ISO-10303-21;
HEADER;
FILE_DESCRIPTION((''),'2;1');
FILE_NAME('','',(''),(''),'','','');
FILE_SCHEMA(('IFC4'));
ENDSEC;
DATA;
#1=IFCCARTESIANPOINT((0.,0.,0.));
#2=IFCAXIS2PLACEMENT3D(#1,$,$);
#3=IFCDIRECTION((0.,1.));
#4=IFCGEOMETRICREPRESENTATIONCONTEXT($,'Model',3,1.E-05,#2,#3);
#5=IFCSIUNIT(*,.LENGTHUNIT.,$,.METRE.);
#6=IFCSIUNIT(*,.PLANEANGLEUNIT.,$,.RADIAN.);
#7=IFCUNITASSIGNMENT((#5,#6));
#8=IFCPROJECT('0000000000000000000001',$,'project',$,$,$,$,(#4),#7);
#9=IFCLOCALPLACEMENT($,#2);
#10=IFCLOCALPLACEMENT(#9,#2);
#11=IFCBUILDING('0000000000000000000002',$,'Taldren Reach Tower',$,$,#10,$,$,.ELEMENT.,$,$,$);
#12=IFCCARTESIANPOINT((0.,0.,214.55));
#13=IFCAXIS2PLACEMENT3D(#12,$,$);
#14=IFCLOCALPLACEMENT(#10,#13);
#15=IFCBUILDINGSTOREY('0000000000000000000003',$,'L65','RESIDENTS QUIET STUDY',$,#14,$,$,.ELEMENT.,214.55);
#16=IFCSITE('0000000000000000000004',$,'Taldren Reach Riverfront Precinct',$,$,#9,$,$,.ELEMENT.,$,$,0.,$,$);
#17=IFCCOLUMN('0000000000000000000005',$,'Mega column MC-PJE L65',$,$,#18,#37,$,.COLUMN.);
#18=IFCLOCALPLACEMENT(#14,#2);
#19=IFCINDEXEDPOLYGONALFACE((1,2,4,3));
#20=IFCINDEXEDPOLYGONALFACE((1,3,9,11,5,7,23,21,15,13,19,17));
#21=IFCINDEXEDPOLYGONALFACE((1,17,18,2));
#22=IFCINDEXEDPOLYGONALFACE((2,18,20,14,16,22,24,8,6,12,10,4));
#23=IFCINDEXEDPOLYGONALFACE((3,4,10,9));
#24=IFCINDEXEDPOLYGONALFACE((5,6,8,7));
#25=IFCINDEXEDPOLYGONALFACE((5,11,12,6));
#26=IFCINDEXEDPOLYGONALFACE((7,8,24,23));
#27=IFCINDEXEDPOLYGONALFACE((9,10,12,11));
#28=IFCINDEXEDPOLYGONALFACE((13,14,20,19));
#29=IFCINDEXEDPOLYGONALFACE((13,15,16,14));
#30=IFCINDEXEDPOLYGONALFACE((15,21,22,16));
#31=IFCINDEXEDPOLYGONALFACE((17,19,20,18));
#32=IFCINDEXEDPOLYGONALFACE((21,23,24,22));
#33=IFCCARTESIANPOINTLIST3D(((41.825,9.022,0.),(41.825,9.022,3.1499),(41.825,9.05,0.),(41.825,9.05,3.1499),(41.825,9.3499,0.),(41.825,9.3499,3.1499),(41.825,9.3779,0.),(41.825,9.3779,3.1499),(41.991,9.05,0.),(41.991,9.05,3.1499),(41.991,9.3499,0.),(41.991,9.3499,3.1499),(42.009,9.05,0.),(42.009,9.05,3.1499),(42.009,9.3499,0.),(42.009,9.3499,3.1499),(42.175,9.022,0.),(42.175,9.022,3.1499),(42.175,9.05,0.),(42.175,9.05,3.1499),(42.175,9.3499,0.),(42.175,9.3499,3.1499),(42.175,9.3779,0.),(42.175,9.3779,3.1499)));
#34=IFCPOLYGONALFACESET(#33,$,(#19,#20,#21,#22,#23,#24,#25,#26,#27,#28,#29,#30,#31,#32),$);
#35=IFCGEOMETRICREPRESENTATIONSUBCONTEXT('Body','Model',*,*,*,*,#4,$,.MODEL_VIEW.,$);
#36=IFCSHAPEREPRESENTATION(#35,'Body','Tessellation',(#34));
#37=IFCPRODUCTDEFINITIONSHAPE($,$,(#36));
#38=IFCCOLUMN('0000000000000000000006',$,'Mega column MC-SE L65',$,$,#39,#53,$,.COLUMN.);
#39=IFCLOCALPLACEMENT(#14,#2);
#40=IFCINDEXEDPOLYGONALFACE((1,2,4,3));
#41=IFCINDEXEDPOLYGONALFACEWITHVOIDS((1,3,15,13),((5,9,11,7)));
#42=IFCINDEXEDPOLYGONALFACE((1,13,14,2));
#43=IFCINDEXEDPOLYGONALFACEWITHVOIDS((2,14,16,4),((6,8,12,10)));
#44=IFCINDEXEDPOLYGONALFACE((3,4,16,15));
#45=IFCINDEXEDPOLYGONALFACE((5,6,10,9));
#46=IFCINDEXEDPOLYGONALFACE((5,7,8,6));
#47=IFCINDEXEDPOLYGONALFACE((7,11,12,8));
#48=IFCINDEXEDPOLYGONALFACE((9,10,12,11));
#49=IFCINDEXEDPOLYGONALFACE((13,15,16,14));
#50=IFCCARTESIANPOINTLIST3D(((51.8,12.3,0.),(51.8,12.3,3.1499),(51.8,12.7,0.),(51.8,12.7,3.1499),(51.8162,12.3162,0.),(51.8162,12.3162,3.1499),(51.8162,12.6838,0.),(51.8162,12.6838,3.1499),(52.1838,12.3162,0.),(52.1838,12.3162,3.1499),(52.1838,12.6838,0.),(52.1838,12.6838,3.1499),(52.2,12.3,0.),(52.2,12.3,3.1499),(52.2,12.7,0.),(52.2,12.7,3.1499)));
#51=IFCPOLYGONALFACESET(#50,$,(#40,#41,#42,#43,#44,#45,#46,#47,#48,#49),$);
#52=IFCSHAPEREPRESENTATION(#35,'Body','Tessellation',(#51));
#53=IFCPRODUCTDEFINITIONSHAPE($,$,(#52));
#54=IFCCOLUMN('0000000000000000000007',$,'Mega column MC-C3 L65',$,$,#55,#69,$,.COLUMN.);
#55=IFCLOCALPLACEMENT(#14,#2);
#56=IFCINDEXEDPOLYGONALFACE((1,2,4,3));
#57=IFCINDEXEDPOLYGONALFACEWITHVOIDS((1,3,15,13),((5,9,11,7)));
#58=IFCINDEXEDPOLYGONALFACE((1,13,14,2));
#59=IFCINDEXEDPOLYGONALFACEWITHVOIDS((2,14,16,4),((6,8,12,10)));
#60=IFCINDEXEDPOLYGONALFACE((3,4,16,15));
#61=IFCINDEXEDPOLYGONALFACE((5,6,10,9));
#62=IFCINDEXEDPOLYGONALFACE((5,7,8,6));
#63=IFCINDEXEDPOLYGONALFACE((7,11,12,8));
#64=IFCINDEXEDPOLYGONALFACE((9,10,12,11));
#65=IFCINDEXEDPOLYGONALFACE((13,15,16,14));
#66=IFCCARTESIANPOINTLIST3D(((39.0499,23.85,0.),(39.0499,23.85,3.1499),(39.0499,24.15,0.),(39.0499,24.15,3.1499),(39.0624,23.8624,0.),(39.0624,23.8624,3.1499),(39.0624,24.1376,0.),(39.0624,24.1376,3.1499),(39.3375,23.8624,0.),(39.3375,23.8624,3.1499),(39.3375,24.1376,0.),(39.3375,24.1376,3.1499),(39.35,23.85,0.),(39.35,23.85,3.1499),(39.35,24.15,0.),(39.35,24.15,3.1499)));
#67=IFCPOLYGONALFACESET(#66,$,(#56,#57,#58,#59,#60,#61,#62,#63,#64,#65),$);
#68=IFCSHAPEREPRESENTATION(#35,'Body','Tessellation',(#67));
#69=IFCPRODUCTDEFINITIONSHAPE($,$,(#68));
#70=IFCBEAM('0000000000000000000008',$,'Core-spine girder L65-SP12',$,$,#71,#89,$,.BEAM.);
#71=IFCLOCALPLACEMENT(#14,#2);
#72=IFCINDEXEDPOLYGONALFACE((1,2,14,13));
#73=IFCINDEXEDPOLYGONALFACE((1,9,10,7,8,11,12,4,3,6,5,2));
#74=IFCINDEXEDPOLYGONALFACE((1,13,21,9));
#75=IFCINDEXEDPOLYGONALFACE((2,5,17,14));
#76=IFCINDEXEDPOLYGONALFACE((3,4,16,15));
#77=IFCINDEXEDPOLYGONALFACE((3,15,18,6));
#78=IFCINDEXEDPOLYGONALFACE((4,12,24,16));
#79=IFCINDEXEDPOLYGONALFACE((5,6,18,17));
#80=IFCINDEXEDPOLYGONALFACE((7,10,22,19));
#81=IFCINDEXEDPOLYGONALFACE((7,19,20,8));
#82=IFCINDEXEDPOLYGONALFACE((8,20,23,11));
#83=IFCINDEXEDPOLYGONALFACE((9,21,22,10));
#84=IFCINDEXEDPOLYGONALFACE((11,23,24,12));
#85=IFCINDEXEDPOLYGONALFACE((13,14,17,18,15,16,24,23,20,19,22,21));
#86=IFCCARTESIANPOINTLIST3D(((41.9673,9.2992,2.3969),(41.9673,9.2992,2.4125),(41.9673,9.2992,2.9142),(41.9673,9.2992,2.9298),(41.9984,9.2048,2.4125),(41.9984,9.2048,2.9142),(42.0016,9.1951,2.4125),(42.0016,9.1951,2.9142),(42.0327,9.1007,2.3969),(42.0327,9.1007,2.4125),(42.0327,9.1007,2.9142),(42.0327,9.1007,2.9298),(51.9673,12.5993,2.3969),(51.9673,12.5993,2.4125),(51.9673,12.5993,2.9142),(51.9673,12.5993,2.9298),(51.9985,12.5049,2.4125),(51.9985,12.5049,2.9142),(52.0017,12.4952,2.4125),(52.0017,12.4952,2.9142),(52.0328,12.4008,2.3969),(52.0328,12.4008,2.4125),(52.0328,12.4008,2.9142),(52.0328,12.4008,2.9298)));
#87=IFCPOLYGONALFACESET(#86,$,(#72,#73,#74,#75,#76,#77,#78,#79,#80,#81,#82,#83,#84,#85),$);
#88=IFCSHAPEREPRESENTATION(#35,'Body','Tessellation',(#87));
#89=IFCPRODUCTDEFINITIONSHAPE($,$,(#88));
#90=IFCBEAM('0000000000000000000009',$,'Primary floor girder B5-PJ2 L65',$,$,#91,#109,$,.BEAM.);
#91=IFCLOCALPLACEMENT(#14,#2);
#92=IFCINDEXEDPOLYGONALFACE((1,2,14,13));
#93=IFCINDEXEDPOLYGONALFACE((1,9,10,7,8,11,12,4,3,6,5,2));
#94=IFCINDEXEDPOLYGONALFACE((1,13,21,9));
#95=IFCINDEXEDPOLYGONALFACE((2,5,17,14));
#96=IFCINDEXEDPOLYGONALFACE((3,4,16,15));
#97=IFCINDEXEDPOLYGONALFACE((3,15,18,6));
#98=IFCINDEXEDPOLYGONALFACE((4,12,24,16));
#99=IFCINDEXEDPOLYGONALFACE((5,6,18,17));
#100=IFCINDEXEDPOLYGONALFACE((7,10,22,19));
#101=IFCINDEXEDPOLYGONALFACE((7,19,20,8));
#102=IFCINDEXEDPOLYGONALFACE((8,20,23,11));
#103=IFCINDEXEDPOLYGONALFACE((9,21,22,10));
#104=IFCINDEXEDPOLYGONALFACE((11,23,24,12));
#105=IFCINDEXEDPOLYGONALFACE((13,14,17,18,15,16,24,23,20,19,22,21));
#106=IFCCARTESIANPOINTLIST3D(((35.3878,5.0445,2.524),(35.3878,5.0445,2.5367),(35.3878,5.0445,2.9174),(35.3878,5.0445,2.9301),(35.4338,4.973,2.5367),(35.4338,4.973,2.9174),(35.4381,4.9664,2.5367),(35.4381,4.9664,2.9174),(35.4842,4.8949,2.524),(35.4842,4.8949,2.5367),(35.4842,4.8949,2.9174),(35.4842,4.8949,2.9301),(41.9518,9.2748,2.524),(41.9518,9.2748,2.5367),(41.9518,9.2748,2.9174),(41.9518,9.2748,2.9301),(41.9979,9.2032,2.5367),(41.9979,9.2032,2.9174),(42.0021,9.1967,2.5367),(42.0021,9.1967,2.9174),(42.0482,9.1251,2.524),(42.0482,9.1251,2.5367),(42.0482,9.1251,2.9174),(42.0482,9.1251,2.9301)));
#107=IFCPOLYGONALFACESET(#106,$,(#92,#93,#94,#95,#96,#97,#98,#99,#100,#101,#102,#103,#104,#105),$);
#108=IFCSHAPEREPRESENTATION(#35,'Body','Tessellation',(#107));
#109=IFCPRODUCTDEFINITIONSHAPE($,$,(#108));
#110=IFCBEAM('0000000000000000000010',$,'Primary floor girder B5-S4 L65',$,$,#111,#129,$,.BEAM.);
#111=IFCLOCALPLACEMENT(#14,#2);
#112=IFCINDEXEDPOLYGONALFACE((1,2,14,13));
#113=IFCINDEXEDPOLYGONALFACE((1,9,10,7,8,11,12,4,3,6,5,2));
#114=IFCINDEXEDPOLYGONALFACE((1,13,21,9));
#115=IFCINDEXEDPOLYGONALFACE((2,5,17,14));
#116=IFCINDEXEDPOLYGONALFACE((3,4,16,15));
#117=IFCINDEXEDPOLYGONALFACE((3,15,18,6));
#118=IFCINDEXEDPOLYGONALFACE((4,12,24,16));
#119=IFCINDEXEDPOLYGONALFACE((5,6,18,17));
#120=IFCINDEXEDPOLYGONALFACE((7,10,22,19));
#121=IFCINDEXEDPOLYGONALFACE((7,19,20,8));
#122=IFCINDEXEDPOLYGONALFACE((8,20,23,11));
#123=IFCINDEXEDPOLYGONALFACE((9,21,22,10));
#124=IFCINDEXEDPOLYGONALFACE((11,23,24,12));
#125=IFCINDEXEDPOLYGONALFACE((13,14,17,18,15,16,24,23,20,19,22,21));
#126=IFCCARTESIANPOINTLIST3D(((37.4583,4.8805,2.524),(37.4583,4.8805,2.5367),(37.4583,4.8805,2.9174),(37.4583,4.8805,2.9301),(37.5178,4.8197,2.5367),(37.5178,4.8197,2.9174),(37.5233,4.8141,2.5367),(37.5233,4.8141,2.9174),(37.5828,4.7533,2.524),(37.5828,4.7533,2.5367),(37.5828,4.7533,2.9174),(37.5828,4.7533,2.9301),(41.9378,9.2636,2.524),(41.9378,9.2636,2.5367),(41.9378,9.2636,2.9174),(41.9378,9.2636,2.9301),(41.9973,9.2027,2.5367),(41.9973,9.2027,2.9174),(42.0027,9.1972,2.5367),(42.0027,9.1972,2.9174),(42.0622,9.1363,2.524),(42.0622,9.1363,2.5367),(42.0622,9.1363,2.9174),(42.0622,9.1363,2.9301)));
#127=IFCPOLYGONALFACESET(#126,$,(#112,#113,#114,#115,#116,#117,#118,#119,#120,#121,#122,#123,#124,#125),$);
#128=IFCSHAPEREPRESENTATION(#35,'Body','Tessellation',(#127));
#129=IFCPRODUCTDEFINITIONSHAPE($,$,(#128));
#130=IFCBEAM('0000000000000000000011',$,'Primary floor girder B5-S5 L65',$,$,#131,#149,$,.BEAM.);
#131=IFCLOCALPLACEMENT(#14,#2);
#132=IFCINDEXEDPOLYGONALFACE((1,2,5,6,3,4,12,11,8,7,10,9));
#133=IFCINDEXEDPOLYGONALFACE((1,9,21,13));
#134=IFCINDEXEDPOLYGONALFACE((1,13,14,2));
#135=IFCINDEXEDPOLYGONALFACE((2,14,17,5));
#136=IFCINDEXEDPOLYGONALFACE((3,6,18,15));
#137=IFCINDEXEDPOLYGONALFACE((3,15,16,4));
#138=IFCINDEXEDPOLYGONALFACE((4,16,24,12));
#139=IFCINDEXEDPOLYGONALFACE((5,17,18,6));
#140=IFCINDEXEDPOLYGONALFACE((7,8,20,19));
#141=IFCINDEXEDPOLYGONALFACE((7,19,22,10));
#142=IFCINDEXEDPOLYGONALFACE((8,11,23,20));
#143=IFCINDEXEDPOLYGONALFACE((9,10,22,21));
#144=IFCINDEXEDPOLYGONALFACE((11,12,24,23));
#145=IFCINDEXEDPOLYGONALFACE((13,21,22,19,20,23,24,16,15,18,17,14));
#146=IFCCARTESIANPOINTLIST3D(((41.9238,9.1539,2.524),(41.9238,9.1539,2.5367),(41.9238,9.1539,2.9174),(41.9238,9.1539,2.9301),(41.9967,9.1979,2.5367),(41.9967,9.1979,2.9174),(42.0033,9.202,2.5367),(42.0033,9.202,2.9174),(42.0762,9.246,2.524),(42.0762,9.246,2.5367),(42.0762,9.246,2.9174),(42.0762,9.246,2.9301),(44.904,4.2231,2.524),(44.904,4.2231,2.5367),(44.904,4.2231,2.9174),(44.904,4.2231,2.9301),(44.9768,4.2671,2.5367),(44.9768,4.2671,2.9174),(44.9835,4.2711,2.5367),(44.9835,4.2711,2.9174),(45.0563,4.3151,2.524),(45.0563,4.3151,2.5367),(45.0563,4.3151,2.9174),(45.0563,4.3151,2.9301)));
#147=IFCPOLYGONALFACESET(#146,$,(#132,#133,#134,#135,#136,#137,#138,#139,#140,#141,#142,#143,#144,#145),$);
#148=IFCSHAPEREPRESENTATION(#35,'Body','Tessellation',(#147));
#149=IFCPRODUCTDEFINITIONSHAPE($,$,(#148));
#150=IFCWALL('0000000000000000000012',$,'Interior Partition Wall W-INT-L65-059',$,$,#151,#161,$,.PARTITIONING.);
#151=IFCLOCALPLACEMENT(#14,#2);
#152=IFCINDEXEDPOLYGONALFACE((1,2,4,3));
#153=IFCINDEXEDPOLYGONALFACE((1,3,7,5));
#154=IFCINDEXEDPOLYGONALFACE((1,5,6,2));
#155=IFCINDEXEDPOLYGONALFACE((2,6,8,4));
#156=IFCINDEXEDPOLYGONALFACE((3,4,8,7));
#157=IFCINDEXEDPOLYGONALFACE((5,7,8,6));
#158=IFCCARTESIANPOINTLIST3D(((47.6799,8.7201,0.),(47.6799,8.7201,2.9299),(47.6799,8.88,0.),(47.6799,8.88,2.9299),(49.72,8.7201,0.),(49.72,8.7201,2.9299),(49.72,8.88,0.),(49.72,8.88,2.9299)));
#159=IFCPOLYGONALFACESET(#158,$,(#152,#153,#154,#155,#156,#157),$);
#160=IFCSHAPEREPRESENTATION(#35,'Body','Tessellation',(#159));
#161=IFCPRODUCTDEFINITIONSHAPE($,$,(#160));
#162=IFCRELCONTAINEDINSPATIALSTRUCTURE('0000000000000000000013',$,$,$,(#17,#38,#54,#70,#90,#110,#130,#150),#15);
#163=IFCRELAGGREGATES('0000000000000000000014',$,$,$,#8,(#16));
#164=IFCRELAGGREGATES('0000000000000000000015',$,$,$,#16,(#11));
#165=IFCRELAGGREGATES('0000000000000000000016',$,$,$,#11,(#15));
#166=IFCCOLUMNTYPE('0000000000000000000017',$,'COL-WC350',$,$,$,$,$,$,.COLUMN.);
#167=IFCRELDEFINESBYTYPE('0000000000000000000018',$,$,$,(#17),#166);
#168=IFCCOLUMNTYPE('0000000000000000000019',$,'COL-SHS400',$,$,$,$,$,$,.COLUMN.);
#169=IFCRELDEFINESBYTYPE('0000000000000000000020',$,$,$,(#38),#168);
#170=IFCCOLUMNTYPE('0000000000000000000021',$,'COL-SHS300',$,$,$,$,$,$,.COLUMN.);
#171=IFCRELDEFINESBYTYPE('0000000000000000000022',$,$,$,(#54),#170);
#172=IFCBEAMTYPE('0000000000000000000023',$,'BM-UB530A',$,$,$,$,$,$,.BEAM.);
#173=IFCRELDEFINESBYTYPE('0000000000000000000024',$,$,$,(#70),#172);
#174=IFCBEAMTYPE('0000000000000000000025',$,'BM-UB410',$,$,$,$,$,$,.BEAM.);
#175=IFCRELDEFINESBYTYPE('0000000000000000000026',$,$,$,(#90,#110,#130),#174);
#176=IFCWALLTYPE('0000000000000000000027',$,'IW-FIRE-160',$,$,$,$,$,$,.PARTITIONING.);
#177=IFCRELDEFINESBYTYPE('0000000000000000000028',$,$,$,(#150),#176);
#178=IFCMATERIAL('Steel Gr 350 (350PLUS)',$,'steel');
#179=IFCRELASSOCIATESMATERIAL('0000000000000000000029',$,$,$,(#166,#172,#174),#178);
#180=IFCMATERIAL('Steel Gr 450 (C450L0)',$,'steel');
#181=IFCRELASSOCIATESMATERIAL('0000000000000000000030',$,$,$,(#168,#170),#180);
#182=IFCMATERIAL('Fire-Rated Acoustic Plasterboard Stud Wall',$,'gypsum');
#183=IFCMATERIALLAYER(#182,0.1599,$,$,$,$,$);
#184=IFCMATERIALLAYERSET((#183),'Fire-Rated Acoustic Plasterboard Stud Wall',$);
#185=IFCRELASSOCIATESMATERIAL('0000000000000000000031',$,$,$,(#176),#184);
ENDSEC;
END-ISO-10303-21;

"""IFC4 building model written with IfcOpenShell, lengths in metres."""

from ifc_helpers import new_model, si_unit, direction, frame, frame_2d, origin, origin_2d, place, context, subcontext, project, spatial, rectangle, hollow_rectangle, i_section, extrude, source, transform, mapped, material, layer, layer_set, material_profile, profile_set, type_object, element, save


model = new_model("IFC4")

# Units and contexts
model_context = context("Model", 3, precision=1e-05, world=origin(), true_north=direction((0.0, 1.0)))
body_context = subcontext(model_context, "Body", "Model", "MODEL_VIEW")
ifc_project = project(units=[si_unit("LENGTHUNIT", "METRE"), si_unit("PLANEANGLEUNIT", "RADIAN")], contexts=[model_context])

# Site, building, storey
site_placement = place(None, origin())
site = spatial("IfcSite", under=ifc_project, at=site_placement, Name="Taldren Reach Riverfront Precinct", CompositionType="ELEMENT", RefElevation=0.0)
building_placement = place(site_placement, origin())
building = spatial("IfcBuilding", under=site, at=building_placement, Name="Taldren Reach Tower", CompositionType="ELEMENT")
storey_placement = place(building_placement, frame((0.0, 0.0, 214.55)))
storey = spatial("IfcBuildingStorey", under=building, at=storey_placement, Name="L65", Description="RESIDENTS QUIET STUDY", CompositionType="ELEMENT", Elevation=214.55)

# Columns
ifc_material_1 = material(Name="Steel Gr 350 (350PLUS)", Category="steel")
ifc_material_profile_1 = material_profile(ifc_material_1, i_section(OverallWidth=0.3501, OverallDepth=0.356, WebThickness=0.0181, FlangeThickness=0.0281, at=origin_2d()), Name="350WC197")
ifc_profile_set_1 = profile_set([ifc_material_profile_1], Name="Steel Gr 350 (350PLUS)")
column_type_1 = type_object("IfcColumnType", Name="COL-WC350", PredefinedType="COLUMN", material=ifc_profile_set_1)
shared_shape_1 = source(origin(), body_context, "Body", "SweptSolid", [
    extrude(i_section(OverallWidth=0.3501, OverallDepth=0.356, WebThickness=0.0181, FlangeThickness=0.0281, at=origin_2d()), origin(), (0.0, 0.0, 1.0), 3.1499),
])
column_1_placement = place(storey_placement, frame((42.0, 9.2, 0.0), z_axis=(0.0, 0.0, 1.0), x_axis=(1.0, 0.0, 0.0)))
element("IfcColumn", 1, at=column_1_placement, inside=storey, type_object=column_type_1, Name="Mega column MC-PJE L65", PredefinedType="COLUMN", context=body_context, shape_type="MappedRepresentation", body=[
    mapped(shared_shape_1, transform((0.0, 0.0, 0.0), scale=1.0)),
])
ifc_material_2 = material(Name="Steel Gr 450 (C450L0)", Category="steel")
ifc_material_profile_2 = material_profile(ifc_material_2, hollow_rectangle(XDim=0.3999, YDim=0.3999, WallThickness=0.0161, at=origin_2d()), Name="400x400x16.0SHS")
ifc_profile_set_2 = profile_set([ifc_material_profile_2], Name="Steel Gr 450 (C450L0)")
column_type_2 = type_object("IfcColumnType", Name="COL-SHS400", PredefinedType="COLUMN", material=ifc_profile_set_2)
shared_shape_2 = source(origin(), body_context, "Body", "SweptSolid", [
    extrude(hollow_rectangle(XDim=0.3999, YDim=0.3999, WallThickness=0.0161, at=origin_2d()), origin(), (0.0, 0.0, 1.0), 3.1499),
])
column_2_placement = place(storey_placement, frame((52.0, 12.5, 0.0), z_axis=(0.0, 0.0, 1.0), x_axis=(1.0, 0.0, 0.0)))
element("IfcColumn", 2, at=column_2_placement, inside=storey, type_object=column_type_2, Name="Mega column MC-SE L65", PredefinedType="COLUMN", context=body_context, shape_type="MappedRepresentation", body=[
    mapped(shared_shape_2, transform((0.0, 0.0, 0.0), scale=1.0)),
])
ifc_material_profile_3 = material_profile(ifc_material_2, hollow_rectangle(XDim=0.3, YDim=0.3, WallThickness=0.0125, at=origin_2d()), Name="300x300x12.5SHS")
ifc_profile_set_3 = profile_set([ifc_material_profile_3], Name="Steel Gr 450 (C450L0)")
column_type_3 = type_object("IfcColumnType", Name="COL-SHS300", PredefinedType="COLUMN", material=ifc_profile_set_3)
shared_shape_3 = source(origin(), body_context, "Body", "SweptSolid", [
    extrude(hollow_rectangle(XDim=0.3, YDim=0.3, WallThickness=0.0125, at=origin_2d()), origin(), (0.0, 0.0, 1.0), 3.1499),
])
column_3_placement = place(storey_placement, frame((39.2, 24.0, 0.0), z_axis=(0.0, 0.0, 1.0), x_axis=(1.0, 0.0, 0.0)))
element("IfcColumn", 3, at=column_3_placement, inside=storey, type_object=column_type_3, Name="Mega column MC-C3 L65", PredefinedType="COLUMN", context=body_context, shape_type="MappedRepresentation", body=[
    mapped(shared_shape_3, transform((0.0, 0.0, 0.0), scale=1.0)),
])

# Beams
ifc_material_profile_4 = material_profile(ifc_material_1, i_section(OverallWidth=0.209, OverallDepth=0.533, WebThickness=0.0103, FlangeThickness=0.0156, at=origin_2d()), Name="530UB92.4")
ifc_profile_set_4 = profile_set([ifc_material_profile_4], Name="Steel Gr 350 (350PLUS)")
beam_type_1 = type_object("IfcBeamType", Name="BM-UB530A", PredefinedType="BEAM", material=ifc_profile_set_4)
shared_shape_4 = source(origin(), body_context, "Body", "SweptSolid", [
    extrude(i_section(OverallWidth=0.209, OverallDepth=0.533, WebThickness=0.0103, FlangeThickness=0.0156, at=origin_2d()), origin(), (0.0, 0.0, 1.0), 10.5305),
])
beam_1_placement = place(storey_placement, frame((42.0, 9.2, 2.6633), z_axis=(0.949627, 0.313382, 0.0), x_axis=(-0.313382, 0.949627, 0.0)))
element("IfcBeam", 4, at=beam_1_placement, inside=storey, type_object=beam_type_1, Name="Core-spine girder L65-SP12", PredefinedType="BEAM", context=body_context, shape_type="MappedRepresentation", body=[
    mapped(shared_shape_4, transform((0.0, 0.0, 0.0), scale=1.0)),
])
ifc_material_profile_5 = material_profile(ifc_material_1, i_section(OverallWidth=0.178, OverallDepth=0.406, WebThickness=0.0078, FlangeThickness=0.0127, at=origin_2d()), Name="410UB59.7")
ifc_profile_set_5 = profile_set([ifc_material_profile_5], Name="Steel Gr 350 (350PLUS)")
beam_type_2 = type_object("IfcBeamType", Name="BM-UB410", PredefinedType="BEAM", material=ifc_profile_set_5)
shared_shape_5 = source(origin(), body_context, "Body", "SweptSolid", [
    extrude(i_section(OverallWidth=0.178, OverallDepth=0.406, WebThickness=0.0078, FlangeThickness=0.0127, at=origin_2d()), origin(), (0.0, 0.0, 1.0), 7.8091),
])
beam_2_placement = place(storey_placement, frame((42.0, 9.2, 2.7271), z_axis=(-0.840564, -0.541712, 0.0), x_axis=(0.541712, -0.840564, 0.0)))
element("IfcBeam", 5, at=beam_2_placement, inside=storey, type_object=beam_type_2, Name="Primary floor girder B5-PJ2 L65", PredefinedType="BEAM", context=body_context, shape_type="MappedRepresentation", body=[
    mapped(shared_shape_5, transform((0.0, 0.0, 0.0), scale=1.0)),
])
shared_shape_6 = source(origin(), body_context, "Body", "SweptSolid", [
    extrude(i_section(OverallWidth=0.178, OverallDepth=0.406, WebThickness=0.0078, FlangeThickness=0.0127, at=origin_2d()), origin(), (0.0, 0.0, 1.0), 6.2671),
])
beam_3_placement = place(storey_placement, frame((42.0, 9.2, 2.7271), z_axis=(-0.714759, -0.699371, 0.0), x_axis=(0.699371, -0.714759, 0.0)))
element("IfcBeam", 6, at=beam_3_placement, inside=storey, type_object=beam_type_2, Name="Primary floor girder B5-S4 L65", PredefinedType="BEAM", context=body_context, shape_type="MappedRepresentation", body=[
    mapped(shared_shape_6, transform((0.0, 0.0, 0.0), scale=1.0)),
])
shared_shape_7 = source(origin(), body_context, "Body", "SweptSolid", [
    extrude(i_section(OverallWidth=0.178, OverallDepth=0.406, WebThickness=0.0078, FlangeThickness=0.0127, at=origin_2d()), origin(), (0.0, 0.0, 1.0), 5.7615),
])
beam_4_placement = place(storey_placement, frame((42.0, 9.2, 2.7271), z_axis=(0.51726, -0.855828, 0.0), x_axis=(0.855828, 0.51726, 0.0)))
element("IfcBeam", 7, at=beam_4_placement, inside=storey, type_object=beam_type_2, Name="Primary floor girder B5-S5 L65", PredefinedType="BEAM", context=body_context, shape_type="MappedRepresentation", body=[
    mapped(shared_shape_7, transform((0.0, 0.0, 0.0), scale=1.0)),
])

# Wall
ifc_material_3 = material(Name="Fire-Rated Acoustic Plasterboard Stud Wall", Category="gypsum")
ifc_layer_1 = layer(ifc_material_3, 0.1599)
ifc_layer_set_1 = layer_set([ifc_layer_1], Name="Fire-Rated Acoustic Plasterboard Stud Wall")
wall_type_1 = type_object("IfcWallType", Name="IW-FIRE-160", PredefinedType="PARTITIONING", material=ifc_layer_set_1)
shared_shape_8 = source(origin(), body_context, "Body", "SweptSolid", [
    extrude(rectangle(XDim=2.04, YDim=0.1599, at=frame_2d((1.02, 0.0))), origin(), (0.0, 0.0, 1.0), 2.9299),
])
wall_1_placement = place(storey_placement, frame((49.72, 8.8, 0.0), z_axis=(0.0, 0.0, 1.0), x_axis=(-1.0, 0.0, 0.0)))
element("IfcWall", 8, at=wall_1_placement, inside=storey, type_object=wall_type_1, Name="Interior Partition Wall W-INT-L65-059", PredefinedType="PARTITIONING", context=body_context, shape_type="MappedRepresentation", body=[
    mapped(shared_shape_8, transform((0.0, 0.0, 0.0), scale=1.0)),
])

save(model, "model.ifc")
